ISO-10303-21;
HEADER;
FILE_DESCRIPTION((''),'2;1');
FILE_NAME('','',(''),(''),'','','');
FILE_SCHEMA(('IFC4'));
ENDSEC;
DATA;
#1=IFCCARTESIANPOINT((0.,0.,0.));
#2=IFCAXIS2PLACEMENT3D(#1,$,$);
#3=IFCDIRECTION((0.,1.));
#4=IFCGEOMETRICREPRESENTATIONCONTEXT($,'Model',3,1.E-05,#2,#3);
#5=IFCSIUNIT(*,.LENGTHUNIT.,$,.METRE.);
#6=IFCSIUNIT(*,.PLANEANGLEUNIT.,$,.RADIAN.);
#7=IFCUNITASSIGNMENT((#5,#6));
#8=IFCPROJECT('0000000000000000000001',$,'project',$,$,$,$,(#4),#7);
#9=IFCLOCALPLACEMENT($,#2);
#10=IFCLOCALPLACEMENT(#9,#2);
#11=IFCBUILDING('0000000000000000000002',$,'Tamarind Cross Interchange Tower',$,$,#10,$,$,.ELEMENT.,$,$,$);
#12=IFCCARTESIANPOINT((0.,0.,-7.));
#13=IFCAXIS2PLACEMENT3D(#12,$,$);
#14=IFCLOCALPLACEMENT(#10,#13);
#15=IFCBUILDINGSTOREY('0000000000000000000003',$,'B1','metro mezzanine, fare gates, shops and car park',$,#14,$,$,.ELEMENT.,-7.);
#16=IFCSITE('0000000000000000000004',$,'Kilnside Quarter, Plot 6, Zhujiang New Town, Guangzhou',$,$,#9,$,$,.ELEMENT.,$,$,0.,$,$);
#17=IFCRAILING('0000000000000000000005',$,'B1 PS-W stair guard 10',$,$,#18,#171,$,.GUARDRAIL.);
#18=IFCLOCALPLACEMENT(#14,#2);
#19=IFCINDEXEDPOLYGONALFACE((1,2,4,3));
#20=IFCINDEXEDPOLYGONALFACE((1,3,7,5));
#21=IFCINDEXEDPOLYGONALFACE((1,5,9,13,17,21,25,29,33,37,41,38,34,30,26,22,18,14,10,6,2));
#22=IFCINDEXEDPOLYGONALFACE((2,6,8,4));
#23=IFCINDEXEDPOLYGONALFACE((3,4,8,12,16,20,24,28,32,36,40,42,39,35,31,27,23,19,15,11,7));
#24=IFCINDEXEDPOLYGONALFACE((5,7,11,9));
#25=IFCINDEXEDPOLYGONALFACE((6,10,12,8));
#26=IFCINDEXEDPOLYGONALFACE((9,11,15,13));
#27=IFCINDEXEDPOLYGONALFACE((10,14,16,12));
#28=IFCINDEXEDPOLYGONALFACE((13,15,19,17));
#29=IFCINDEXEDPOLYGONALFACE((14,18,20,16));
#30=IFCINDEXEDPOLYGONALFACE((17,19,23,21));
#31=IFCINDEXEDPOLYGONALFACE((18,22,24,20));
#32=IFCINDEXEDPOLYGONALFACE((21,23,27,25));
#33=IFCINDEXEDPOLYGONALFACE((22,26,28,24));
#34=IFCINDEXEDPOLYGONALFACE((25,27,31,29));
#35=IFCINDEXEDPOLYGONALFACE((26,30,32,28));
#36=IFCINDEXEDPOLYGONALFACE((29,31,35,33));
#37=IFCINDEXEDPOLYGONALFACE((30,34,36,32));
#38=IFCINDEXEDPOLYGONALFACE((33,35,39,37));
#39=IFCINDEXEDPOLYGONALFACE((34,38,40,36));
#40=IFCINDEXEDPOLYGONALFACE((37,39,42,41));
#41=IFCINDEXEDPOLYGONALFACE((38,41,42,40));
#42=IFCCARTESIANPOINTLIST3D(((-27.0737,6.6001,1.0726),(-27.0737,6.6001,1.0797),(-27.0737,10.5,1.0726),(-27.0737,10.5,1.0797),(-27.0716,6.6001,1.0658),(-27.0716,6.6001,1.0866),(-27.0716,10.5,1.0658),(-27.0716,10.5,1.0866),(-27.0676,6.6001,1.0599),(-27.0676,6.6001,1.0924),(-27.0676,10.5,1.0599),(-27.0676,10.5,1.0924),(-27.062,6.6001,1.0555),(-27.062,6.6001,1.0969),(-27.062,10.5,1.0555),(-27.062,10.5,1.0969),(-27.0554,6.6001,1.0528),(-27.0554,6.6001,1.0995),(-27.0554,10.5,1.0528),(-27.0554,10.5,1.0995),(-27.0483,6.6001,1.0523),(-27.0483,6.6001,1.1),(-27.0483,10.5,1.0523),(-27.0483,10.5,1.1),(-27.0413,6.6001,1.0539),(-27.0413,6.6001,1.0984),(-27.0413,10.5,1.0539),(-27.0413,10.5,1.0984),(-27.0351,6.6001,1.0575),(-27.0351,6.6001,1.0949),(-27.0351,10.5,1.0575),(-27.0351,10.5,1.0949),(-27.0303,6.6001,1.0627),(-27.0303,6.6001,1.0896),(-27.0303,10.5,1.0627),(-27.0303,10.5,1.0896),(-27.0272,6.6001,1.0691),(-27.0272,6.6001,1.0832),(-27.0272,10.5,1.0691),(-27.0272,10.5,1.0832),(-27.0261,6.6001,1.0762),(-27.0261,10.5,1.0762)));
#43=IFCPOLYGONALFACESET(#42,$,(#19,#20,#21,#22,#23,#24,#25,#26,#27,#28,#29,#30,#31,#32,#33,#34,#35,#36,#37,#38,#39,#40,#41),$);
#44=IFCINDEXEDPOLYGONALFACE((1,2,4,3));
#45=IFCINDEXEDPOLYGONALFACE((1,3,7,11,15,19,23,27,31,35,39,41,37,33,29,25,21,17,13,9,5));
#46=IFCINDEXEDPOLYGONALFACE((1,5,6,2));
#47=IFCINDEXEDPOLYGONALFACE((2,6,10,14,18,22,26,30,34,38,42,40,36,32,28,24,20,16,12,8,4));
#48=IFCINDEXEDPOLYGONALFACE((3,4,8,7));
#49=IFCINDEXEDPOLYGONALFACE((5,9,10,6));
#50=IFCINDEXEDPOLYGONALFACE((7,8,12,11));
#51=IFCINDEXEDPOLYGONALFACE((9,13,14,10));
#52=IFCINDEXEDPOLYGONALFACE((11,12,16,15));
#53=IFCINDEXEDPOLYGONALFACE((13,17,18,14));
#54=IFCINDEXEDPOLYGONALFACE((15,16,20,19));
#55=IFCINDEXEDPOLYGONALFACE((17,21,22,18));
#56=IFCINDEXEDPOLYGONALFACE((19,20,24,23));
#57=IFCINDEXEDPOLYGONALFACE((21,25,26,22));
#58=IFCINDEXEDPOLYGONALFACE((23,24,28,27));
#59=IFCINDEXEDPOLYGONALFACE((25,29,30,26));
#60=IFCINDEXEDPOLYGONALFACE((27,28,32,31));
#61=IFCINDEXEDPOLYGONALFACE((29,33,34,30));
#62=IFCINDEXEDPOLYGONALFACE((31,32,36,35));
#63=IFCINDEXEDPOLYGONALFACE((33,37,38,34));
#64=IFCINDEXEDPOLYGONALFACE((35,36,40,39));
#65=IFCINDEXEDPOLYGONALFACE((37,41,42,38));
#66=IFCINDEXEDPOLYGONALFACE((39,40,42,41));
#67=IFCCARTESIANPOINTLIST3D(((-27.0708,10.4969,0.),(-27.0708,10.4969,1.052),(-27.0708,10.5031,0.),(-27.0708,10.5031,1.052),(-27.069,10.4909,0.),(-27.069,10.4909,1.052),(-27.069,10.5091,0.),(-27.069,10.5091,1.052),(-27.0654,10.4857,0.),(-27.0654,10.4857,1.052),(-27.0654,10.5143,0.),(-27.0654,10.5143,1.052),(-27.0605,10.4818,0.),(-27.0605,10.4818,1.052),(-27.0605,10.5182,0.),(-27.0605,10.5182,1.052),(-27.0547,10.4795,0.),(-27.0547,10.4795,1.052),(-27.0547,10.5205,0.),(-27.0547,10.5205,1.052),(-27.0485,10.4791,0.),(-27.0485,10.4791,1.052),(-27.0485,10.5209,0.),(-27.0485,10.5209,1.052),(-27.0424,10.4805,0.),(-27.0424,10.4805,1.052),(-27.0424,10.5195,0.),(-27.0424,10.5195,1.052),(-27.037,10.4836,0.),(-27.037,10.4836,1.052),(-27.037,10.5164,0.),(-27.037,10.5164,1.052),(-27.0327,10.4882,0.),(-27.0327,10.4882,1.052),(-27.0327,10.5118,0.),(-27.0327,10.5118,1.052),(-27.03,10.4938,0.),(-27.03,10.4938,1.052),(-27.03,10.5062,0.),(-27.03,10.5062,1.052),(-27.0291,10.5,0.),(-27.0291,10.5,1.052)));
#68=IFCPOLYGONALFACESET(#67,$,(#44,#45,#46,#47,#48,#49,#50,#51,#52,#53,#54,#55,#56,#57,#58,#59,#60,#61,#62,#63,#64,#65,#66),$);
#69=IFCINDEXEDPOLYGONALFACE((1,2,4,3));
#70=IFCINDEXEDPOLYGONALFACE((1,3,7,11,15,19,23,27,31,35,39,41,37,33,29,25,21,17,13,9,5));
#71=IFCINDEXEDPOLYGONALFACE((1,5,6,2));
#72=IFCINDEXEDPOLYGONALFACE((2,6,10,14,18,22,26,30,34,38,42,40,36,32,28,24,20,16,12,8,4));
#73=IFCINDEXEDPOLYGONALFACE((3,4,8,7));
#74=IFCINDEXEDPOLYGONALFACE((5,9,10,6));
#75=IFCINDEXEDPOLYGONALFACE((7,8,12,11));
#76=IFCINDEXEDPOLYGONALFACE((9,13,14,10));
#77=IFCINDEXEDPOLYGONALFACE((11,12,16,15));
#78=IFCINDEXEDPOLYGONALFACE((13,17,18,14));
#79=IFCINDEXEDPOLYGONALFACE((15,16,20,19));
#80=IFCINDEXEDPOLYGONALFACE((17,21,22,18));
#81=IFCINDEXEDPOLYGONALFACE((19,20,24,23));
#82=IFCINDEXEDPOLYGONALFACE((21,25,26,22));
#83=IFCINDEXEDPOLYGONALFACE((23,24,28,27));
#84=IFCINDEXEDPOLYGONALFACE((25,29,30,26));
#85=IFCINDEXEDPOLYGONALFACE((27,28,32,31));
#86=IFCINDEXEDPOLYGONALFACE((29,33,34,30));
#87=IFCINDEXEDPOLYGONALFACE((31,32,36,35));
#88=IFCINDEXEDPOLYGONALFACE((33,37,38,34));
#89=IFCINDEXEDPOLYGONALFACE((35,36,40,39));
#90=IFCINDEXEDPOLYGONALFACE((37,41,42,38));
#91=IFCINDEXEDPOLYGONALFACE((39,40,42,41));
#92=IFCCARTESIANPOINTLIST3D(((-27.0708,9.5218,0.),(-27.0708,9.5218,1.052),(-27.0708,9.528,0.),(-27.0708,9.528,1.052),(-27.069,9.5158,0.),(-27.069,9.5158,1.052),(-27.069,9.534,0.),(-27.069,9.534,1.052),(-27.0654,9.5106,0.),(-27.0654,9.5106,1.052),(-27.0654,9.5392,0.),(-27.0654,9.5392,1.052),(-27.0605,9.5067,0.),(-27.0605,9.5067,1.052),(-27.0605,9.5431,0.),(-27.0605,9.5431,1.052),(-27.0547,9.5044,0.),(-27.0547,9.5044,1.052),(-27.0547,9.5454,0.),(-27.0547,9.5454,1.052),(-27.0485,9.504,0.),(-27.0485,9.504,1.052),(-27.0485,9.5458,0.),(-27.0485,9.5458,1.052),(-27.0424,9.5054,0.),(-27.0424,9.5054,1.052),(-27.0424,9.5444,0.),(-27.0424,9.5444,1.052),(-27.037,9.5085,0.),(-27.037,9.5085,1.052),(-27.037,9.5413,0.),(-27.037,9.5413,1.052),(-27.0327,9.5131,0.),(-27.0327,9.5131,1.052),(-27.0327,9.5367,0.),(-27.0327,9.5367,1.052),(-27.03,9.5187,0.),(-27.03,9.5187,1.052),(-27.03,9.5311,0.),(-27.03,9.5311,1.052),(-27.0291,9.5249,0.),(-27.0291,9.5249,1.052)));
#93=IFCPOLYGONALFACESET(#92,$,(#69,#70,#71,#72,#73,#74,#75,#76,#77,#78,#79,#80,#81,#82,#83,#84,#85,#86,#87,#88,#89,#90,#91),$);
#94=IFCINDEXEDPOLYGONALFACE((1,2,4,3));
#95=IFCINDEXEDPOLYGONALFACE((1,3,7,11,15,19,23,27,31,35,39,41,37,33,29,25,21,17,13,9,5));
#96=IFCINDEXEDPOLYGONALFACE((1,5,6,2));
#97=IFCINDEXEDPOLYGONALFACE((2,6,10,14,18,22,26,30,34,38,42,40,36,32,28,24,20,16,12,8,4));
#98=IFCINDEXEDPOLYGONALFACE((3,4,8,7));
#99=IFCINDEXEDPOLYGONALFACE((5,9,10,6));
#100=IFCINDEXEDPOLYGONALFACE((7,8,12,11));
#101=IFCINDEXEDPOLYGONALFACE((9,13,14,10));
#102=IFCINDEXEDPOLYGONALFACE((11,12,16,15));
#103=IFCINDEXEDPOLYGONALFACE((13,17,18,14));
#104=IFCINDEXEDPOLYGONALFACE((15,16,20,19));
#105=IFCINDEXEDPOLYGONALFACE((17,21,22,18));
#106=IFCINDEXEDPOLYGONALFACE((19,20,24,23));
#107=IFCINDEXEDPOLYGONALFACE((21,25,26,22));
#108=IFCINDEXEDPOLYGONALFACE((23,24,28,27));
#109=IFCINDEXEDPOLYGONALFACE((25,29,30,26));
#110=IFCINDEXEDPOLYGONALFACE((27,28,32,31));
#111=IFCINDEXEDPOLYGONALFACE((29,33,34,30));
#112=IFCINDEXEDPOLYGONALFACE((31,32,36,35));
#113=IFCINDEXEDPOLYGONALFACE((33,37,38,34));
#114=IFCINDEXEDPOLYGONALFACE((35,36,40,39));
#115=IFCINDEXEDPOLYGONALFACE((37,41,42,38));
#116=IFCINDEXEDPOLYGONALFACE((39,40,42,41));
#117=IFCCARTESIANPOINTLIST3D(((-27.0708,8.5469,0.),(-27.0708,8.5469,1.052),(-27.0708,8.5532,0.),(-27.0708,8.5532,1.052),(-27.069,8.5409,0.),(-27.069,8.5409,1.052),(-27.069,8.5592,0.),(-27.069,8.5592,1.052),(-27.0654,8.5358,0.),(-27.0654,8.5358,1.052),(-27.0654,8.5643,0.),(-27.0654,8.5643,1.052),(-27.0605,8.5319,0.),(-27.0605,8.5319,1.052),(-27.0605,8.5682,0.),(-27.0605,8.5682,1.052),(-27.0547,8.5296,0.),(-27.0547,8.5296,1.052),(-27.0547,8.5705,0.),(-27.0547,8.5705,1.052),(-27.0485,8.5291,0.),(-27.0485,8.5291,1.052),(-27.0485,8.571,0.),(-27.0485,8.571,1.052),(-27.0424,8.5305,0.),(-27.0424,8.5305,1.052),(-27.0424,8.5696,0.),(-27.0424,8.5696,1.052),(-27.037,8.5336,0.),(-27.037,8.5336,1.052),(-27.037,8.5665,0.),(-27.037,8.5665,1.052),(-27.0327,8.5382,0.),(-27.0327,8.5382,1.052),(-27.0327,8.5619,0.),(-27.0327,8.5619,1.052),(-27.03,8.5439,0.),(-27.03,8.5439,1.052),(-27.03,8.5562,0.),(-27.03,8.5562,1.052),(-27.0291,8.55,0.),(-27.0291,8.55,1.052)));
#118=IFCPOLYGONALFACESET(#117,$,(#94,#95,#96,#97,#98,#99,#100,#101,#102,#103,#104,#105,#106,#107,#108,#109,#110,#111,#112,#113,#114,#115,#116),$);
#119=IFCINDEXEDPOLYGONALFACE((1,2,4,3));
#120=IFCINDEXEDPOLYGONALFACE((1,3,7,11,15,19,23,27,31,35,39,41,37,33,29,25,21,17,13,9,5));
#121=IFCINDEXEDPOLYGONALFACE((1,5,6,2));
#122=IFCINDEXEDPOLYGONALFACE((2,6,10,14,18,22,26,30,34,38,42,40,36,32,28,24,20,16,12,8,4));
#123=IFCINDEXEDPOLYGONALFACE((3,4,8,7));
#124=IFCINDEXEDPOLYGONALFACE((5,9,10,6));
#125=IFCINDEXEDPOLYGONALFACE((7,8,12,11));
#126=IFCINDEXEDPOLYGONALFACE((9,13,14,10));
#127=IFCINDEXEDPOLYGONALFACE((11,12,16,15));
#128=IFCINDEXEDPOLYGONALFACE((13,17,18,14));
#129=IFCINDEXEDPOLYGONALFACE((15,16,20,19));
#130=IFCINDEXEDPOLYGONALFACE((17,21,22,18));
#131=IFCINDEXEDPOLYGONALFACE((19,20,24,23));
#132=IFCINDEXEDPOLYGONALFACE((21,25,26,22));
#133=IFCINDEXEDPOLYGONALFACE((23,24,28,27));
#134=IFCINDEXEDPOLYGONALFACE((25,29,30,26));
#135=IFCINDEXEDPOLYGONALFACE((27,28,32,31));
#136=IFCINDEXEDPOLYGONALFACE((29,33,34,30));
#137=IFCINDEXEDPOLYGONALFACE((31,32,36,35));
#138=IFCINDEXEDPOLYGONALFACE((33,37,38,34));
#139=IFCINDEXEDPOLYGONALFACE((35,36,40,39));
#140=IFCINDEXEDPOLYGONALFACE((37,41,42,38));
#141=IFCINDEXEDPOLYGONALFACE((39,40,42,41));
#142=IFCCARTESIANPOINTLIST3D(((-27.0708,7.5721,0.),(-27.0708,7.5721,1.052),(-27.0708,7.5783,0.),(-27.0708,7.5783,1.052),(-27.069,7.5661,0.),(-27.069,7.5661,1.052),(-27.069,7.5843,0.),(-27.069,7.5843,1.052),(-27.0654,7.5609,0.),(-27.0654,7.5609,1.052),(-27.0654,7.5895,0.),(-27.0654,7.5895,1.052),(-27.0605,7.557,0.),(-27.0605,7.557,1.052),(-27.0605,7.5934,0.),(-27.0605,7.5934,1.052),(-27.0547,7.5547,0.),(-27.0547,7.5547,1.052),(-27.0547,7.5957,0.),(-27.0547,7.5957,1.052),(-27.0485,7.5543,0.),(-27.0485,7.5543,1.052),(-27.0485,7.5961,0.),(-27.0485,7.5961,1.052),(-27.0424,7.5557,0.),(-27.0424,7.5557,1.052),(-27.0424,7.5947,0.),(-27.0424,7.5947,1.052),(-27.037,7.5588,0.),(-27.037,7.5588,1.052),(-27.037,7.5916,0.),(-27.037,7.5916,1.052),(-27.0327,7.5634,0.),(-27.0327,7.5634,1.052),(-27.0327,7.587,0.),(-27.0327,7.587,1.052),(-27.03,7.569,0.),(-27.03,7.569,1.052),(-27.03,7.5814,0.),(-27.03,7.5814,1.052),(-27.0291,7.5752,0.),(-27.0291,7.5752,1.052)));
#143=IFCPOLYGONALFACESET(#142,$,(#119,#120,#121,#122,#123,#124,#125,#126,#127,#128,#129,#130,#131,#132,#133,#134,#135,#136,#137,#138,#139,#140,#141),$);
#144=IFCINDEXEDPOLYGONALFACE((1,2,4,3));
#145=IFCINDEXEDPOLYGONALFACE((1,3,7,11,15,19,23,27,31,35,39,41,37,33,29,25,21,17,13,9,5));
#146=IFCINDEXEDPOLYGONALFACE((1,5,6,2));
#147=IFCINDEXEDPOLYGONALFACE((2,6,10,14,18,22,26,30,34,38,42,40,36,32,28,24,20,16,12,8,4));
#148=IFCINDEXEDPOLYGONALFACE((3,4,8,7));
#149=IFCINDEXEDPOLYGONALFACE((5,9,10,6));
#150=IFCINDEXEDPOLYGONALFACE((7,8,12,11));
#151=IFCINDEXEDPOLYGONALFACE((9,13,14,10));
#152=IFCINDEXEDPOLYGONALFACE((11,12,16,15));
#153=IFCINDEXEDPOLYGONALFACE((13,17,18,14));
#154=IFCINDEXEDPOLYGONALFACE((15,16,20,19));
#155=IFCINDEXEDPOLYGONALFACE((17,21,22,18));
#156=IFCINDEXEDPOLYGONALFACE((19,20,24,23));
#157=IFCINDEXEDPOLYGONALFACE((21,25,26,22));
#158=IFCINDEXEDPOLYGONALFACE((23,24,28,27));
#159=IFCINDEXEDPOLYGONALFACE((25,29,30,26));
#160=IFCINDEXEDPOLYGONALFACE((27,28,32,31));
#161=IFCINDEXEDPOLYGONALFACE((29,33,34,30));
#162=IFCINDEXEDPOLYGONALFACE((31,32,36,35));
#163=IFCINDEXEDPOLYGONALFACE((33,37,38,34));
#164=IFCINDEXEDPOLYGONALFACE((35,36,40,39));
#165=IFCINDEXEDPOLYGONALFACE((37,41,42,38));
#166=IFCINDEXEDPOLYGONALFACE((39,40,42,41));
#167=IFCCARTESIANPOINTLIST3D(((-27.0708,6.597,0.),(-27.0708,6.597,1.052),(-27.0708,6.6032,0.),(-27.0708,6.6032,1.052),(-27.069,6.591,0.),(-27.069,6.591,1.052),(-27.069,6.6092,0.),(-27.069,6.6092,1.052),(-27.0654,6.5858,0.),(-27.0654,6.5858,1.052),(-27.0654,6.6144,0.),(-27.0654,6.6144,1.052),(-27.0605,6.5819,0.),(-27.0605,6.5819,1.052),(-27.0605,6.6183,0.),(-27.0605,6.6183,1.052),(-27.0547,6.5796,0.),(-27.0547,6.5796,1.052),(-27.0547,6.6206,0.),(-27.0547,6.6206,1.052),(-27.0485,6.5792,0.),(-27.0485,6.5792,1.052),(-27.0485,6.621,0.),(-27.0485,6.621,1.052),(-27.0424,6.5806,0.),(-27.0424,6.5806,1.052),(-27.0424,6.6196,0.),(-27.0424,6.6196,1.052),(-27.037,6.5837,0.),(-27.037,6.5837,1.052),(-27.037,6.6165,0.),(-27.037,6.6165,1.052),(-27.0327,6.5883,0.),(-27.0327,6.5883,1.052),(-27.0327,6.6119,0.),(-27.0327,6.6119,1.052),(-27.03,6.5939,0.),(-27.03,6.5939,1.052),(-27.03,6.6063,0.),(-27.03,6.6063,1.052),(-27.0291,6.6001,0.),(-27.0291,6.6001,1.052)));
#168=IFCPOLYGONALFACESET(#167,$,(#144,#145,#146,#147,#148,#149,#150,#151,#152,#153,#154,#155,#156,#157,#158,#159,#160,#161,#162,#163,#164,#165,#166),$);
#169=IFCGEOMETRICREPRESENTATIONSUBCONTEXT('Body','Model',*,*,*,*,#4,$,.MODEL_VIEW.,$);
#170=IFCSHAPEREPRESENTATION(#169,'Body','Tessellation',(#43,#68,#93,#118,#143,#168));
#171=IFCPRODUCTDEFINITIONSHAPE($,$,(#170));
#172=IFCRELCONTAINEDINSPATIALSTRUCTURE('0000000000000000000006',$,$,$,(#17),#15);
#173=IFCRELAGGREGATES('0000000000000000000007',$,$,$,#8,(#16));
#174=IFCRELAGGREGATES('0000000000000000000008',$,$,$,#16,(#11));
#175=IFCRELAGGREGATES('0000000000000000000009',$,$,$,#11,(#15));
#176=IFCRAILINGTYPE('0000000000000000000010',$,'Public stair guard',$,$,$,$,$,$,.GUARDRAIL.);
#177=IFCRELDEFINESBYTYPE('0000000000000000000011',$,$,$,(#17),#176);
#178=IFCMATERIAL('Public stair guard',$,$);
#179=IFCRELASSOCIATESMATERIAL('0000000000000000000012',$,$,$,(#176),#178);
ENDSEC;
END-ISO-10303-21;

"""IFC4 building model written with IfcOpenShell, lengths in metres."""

from ifc_helpers import new_model, si_unit, direction, frame, origin, origin_2d, place, context, subcontext, project, spatial, circle, extrude, material, type_object, element, save


model = new_model("IFC4")

# Units and contexts
model_context = context("Model", 3, precision=1e-05, world=origin(), true_north=direction((0.0, 1.0)))
body_context = subcontext(model_context, "Body", "Model", "MODEL_VIEW")
ifc_project = project(units=[si_unit("LENGTHUNIT", "METRE"), si_unit("PLANEANGLEUNIT", "RADIAN")], contexts=[model_context])

# Site, building, storey
site_placement = place(None, origin())
site = spatial("IfcSite", under=ifc_project, at=site_placement, Name="Kilnside Quarter, Plot 6, Zhujiang New Town, Guangzhou", CompositionType="ELEMENT", RefElevation=0.0)
building_placement = place(site_placement, origin())
building = spatial("IfcBuilding", under=site, at=building_placement, Name="Tamarind Cross Interchange Tower", CompositionType="ELEMENT")
storey_placement = place(building_placement, frame((0.0, 0.0, -7.0)))
storey = spatial("IfcBuildingStorey", under=building, at=storey_placement, Name="B1", Description="metro mezzanine, fare gates, shops and car park", CompositionType="ELEMENT", Elevation=-7.0)

# Railing
ifc_material_1 = material(Name="Public stair guard")
railing_type_1 = type_object("IfcRailingType", Name="Public stair guard", PredefinedType="GUARDRAIL", material=ifc_material_1)
railing_1_placement = place(storey_placement, frame((-27.05, 10.5, 0.0)))
element("IfcRailing", 1, at=railing_1_placement, inside=storey, type_object=railing_type_1, Name="B1 PS-W stair guard 10", PredefinedType="GUARDRAIL", context=body_context, shape_type="SweptSolid", body=[
    extrude(circle(Radius=0.0239, at=origin_2d()), frame((0.0, 0.0, 1.0762), z_axis=(0.0, -1.0, 0.0), x_axis=(1.0, 0.0, 0.0)), (0.0, 0.0, 1.0), 3.8999),
    extrude(circle(Radius=0.021, at=origin_2d()), origin(), (0.0, 0.0, 1.0), 1.052),
    extrude(circle(Radius=0.021, at=origin_2d()), frame((0.0, -0.9751, 0.0)), (0.0, 0.0, 1.0), 1.052),
    extrude(circle(Radius=0.021, at=origin_2d()), frame((0.0, -1.95, 0.0)), (0.0, 0.0, 1.0), 1.052),
    extrude(circle(Radius=0.021, at=origin_2d()), frame((0.0, -2.9248, 0.0)), (0.0, 0.0, 1.0), 1.052),
    extrude(circle(Radius=0.021, at=origin_2d()), frame((0.0, -3.8999, 0.0)), (0.0, 0.0, 1.0), 1.052),
])

save(model, "model.ifc")
